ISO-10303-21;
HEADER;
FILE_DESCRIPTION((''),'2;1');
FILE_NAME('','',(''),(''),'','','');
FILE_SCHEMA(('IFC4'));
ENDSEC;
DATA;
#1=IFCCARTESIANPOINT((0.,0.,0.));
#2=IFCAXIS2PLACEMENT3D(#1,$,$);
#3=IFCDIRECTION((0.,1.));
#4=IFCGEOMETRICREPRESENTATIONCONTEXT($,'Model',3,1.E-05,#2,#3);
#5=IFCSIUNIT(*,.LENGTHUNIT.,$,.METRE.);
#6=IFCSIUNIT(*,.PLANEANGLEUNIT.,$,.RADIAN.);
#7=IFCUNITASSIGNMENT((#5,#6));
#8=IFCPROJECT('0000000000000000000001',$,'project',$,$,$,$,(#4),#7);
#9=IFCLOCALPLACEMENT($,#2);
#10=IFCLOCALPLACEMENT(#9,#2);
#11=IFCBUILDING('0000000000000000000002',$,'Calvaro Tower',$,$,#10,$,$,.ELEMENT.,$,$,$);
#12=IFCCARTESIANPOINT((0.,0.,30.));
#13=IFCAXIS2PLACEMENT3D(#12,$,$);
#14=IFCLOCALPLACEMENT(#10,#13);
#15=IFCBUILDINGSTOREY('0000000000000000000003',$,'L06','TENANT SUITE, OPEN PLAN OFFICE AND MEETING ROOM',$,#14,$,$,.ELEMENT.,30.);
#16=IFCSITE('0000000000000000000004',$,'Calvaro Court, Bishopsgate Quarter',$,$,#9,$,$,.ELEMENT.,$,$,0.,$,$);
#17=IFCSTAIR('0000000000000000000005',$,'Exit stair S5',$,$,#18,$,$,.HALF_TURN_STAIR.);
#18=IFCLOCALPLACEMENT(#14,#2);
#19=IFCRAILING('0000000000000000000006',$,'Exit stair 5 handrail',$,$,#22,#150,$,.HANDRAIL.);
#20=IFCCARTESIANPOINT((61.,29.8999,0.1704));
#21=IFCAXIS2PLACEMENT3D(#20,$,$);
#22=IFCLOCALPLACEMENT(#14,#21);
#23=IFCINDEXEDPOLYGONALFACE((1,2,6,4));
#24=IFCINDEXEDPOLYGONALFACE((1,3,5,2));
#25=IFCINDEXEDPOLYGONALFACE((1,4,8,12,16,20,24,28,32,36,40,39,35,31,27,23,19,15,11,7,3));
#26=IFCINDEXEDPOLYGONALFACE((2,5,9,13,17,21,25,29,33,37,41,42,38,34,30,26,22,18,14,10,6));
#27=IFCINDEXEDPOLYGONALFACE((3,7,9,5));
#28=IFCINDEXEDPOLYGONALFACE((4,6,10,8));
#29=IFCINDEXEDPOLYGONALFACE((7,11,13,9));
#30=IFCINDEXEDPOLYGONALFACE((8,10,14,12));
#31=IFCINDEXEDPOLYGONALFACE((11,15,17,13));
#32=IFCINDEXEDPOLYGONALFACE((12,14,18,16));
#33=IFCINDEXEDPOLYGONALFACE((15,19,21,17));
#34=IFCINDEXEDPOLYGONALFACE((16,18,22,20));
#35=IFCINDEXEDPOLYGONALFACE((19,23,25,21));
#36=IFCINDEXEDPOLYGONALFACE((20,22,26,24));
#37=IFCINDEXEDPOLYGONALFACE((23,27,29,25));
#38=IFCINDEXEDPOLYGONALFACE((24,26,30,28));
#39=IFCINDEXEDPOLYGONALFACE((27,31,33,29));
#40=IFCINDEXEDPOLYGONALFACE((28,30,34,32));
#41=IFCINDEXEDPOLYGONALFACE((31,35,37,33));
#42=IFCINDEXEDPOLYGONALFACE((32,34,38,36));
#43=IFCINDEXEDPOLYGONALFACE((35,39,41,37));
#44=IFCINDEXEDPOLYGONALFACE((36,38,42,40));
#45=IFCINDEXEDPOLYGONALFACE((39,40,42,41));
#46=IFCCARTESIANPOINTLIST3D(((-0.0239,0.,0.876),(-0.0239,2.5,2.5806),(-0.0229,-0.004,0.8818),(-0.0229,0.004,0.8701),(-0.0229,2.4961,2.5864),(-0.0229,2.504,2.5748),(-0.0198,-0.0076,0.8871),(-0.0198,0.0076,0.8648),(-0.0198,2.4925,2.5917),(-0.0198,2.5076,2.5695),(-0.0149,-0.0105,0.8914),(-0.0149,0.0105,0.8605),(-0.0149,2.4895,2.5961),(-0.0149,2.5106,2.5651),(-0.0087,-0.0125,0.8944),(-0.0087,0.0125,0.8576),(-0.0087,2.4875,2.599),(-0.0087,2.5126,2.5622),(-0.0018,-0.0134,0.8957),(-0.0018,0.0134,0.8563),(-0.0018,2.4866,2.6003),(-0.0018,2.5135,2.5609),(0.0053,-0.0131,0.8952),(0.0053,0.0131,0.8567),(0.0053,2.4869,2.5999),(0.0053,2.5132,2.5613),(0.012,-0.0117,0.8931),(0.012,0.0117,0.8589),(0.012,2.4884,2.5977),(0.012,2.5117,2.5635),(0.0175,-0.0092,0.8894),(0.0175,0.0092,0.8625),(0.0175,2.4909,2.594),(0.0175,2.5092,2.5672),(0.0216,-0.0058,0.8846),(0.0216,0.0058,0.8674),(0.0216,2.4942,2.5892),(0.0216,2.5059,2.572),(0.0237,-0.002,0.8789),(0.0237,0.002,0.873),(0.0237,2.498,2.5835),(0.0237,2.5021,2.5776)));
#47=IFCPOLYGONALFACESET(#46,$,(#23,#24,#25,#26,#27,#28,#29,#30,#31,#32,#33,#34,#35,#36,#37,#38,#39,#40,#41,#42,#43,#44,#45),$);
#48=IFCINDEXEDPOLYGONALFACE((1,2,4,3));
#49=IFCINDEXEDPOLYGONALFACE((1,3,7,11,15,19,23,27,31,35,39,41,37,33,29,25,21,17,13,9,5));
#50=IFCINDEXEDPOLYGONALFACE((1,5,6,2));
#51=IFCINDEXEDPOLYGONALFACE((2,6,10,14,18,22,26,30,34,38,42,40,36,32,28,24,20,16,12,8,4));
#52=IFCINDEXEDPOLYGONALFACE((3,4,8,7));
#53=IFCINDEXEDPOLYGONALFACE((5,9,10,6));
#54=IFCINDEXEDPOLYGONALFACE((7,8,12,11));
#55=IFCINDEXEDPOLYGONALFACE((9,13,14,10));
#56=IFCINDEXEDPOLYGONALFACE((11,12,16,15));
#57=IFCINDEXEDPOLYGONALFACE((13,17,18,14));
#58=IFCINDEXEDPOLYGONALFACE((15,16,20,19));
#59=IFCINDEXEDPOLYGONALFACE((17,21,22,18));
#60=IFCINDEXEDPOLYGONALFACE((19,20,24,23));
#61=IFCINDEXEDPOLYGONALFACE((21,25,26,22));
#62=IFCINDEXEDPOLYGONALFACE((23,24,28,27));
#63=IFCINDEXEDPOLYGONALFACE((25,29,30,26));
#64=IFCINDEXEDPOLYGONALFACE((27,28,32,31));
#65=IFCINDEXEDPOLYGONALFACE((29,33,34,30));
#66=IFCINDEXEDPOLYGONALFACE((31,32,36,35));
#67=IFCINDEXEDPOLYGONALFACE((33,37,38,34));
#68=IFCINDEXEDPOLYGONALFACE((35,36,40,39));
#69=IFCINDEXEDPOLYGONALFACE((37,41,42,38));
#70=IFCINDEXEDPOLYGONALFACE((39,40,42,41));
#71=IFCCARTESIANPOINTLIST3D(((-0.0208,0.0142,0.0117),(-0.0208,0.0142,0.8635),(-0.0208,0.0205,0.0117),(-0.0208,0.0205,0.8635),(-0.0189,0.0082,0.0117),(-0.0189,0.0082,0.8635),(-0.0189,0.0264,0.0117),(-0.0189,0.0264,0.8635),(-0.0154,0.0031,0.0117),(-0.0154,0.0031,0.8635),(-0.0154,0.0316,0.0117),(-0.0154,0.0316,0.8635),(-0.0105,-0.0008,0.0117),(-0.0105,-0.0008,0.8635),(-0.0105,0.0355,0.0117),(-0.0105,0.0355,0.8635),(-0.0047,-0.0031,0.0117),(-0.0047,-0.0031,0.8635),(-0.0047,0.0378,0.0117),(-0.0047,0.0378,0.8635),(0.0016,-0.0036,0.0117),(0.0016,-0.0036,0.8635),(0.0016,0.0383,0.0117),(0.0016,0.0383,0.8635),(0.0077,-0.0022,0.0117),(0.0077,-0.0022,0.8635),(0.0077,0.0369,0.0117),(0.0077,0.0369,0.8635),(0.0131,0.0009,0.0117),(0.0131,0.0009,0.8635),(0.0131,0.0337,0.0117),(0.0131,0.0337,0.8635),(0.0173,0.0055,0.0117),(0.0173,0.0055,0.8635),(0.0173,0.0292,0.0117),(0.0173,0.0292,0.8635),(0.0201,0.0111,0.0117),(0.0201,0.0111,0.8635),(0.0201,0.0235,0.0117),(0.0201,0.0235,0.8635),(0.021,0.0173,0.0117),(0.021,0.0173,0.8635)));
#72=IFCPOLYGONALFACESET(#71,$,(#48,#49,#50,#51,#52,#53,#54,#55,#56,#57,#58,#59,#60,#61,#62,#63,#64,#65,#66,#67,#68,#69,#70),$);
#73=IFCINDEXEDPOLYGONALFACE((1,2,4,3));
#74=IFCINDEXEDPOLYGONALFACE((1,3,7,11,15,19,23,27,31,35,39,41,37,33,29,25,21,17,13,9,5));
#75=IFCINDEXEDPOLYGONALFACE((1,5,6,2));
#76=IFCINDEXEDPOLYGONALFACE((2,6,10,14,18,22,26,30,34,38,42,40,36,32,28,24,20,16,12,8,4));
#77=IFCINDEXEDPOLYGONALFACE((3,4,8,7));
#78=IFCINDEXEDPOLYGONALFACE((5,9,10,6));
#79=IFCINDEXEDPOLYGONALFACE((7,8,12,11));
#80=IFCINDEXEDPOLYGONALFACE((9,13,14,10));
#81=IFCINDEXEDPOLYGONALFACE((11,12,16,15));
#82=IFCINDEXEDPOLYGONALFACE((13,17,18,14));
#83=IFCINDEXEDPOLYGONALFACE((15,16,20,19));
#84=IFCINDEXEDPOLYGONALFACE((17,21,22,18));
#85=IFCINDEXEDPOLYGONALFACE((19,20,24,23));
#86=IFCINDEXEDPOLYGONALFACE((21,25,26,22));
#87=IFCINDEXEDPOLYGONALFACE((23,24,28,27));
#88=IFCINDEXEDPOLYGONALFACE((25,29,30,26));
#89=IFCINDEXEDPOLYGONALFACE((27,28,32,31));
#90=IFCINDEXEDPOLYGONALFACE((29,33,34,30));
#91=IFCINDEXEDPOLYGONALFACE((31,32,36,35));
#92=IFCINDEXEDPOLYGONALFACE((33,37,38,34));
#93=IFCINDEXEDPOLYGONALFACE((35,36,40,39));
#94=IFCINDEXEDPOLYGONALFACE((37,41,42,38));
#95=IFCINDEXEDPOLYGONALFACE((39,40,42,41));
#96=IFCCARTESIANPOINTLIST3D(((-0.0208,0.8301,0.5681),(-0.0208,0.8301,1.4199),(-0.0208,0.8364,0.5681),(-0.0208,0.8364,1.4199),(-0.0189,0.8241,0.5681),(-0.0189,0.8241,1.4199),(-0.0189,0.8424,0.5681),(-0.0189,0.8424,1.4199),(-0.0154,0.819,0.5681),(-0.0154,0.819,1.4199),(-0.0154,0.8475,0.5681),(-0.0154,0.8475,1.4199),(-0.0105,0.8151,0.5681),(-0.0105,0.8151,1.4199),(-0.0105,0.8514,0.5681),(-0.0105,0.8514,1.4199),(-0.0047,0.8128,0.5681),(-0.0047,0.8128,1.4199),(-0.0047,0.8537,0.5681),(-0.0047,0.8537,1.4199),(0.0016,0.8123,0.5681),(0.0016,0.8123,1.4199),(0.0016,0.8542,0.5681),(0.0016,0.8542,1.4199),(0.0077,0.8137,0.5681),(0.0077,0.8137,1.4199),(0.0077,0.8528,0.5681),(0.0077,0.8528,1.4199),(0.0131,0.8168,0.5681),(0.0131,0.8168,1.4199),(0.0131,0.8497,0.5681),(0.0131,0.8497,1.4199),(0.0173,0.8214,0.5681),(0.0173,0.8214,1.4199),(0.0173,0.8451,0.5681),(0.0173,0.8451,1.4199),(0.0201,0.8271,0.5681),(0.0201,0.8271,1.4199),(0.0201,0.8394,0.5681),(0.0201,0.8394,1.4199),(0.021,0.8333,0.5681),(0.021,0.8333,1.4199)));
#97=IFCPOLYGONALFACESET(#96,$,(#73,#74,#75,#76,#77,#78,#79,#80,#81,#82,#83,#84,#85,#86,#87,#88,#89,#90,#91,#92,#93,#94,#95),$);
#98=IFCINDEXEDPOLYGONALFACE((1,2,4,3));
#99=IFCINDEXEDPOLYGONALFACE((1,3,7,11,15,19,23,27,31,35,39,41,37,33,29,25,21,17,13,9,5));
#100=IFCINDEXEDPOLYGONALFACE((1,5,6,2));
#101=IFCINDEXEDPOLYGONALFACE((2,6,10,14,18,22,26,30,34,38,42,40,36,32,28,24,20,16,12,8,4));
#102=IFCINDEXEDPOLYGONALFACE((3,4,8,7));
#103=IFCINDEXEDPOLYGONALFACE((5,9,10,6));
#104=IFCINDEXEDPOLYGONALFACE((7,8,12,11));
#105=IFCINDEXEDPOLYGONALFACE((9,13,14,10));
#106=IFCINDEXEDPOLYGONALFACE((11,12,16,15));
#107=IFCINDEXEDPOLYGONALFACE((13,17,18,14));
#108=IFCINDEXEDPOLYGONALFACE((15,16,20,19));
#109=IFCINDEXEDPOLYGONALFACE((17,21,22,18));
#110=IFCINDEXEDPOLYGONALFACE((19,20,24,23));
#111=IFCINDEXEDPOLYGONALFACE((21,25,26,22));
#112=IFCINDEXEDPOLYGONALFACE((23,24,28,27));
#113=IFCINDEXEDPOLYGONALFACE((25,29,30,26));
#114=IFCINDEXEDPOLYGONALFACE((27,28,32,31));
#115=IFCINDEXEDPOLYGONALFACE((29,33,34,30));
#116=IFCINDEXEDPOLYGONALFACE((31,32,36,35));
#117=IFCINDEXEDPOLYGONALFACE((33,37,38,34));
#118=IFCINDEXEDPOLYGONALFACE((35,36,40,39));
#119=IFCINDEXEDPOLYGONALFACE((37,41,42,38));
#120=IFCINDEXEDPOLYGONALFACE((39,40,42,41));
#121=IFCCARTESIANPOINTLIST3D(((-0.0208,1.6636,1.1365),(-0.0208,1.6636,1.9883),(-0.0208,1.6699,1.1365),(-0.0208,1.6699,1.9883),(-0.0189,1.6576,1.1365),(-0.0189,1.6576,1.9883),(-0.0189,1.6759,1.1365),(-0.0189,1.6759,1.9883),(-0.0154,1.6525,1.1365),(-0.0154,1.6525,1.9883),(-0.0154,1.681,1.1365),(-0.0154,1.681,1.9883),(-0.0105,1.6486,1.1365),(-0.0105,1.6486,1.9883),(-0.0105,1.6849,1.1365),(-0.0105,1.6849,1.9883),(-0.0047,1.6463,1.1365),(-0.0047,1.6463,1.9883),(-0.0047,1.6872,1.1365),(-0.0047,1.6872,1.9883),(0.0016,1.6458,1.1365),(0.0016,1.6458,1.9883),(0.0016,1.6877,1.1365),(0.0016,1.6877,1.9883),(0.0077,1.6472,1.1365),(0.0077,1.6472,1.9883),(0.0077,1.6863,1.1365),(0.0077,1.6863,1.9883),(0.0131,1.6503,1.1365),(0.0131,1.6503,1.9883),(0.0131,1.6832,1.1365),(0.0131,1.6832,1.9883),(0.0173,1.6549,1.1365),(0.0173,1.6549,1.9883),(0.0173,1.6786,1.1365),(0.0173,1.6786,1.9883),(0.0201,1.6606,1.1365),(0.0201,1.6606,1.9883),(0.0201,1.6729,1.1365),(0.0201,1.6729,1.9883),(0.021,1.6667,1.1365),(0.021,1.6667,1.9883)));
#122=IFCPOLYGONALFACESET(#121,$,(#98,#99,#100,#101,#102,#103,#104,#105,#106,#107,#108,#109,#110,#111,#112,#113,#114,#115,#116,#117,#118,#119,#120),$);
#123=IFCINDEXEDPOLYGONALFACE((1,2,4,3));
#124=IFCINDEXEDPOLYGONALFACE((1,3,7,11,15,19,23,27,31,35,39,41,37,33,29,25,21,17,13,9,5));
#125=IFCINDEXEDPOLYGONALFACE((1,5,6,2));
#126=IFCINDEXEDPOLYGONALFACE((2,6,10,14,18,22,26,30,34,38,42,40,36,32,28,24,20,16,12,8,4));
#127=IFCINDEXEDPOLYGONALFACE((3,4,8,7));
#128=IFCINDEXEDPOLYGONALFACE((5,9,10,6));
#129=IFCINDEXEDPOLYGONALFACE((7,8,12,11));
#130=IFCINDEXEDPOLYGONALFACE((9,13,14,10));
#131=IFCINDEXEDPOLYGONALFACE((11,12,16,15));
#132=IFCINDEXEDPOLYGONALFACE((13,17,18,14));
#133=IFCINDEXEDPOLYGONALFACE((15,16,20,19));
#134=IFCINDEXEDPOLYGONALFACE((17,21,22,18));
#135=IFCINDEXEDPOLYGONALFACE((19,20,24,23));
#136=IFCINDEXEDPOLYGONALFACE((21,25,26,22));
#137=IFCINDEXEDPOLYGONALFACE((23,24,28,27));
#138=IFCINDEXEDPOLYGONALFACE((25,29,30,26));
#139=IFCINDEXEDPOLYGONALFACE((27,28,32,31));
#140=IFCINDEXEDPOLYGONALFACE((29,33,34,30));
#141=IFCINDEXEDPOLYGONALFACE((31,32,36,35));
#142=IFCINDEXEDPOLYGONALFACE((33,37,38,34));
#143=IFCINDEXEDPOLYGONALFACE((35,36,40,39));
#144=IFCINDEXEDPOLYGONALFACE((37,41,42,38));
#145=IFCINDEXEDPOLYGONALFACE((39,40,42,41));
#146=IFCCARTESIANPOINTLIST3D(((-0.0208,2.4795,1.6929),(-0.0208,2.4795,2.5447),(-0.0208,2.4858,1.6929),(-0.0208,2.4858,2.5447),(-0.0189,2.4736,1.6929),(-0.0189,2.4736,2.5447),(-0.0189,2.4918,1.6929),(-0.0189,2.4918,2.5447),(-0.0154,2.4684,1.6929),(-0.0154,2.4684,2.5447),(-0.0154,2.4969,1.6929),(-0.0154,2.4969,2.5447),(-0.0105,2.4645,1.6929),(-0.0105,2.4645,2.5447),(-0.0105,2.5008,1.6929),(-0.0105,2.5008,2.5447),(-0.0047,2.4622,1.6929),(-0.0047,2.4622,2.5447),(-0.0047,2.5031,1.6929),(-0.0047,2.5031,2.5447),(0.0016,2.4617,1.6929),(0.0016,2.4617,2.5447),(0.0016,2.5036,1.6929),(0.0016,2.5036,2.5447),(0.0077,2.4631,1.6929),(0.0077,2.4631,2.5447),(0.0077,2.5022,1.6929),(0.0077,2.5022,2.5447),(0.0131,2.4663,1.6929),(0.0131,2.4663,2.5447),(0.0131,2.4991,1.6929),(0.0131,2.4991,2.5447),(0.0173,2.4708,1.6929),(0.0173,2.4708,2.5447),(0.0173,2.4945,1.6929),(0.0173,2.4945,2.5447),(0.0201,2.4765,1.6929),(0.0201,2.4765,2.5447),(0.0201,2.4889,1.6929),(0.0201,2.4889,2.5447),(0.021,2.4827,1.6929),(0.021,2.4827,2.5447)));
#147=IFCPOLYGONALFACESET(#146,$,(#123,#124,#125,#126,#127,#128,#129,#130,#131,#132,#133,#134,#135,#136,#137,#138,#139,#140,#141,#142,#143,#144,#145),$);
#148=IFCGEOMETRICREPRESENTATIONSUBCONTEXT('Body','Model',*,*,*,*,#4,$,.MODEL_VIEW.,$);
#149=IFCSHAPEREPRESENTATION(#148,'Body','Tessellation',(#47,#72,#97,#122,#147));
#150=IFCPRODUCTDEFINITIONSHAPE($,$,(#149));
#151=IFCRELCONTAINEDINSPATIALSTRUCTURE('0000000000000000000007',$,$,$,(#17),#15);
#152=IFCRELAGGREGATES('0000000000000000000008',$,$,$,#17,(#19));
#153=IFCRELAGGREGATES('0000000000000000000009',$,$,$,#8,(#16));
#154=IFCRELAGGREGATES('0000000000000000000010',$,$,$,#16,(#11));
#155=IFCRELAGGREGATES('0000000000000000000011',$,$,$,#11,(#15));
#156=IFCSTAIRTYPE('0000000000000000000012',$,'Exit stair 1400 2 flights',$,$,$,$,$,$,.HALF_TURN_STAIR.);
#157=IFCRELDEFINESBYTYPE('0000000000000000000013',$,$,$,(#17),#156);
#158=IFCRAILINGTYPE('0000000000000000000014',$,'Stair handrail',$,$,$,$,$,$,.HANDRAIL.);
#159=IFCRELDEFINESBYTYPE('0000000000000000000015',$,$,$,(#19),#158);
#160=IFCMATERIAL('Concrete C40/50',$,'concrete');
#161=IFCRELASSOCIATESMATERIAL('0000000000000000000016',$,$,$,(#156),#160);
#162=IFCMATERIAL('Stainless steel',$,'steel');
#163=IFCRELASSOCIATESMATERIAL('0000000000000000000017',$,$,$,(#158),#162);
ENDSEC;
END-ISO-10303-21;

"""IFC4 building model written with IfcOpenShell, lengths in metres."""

from ifc_helpers import new_model, si_unit, direction, frame, origin, origin_2d, place, context, subcontext, project, spatial, circle, extrude, material, type_object, element, aggregate, save


model = new_model("IFC4")

# Units and contexts
model_context = context("Model", 3, precision=1e-05, world=origin(), true_north=direction((0.0, 1.0)))
body_context = subcontext(model_context, "Body", "Model", "MODEL_VIEW")
ifc_project = project(units=[si_unit("LENGTHUNIT", "METRE"), si_unit("PLANEANGLEUNIT", "RADIAN")], contexts=[model_context])

# Site, building, storey
site_placement = place(None, origin())
site = spatial("IfcSite", under=ifc_project, at=site_placement, Name="Calvaro Court, Bishopsgate Quarter", CompositionType="ELEMENT", RefElevation=0.0)
building_placement = place(site_placement, origin())
building = spatial("IfcBuilding", under=site, at=building_placement, Name="Calvaro Tower", CompositionType="ELEMENT")
storey_placement = place(building_placement, frame((0.0, 0.0, 30.0)))
storey = spatial("IfcBuildingStorey", under=building, at=storey_placement, Name="L06", Description="TENANT SUITE, OPEN PLAN OFFICE AND MEETING ROOM", CompositionType="ELEMENT", Elevation=30.0)

# Stair, railing
ifc_material_1 = material(Name="Concrete C40/50", Category="concrete")
stair_type = type_object("IfcStairType", Name="Exit stair 1400 2 flights", PredefinedType="HALF_TURN_STAIR", material=ifc_material_1)
stair_placement = place(storey_placement, origin())
stair = element("IfcStair", 1, at=stair_placement, inside=storey, type_object=stair_type, Name="Exit stair S5", PredefinedType="HALF_TURN_STAIR")
ifc_material_2 = material(Name="Stainless steel", Category="steel")
railing_type = type_object("IfcRailingType", Name="Stair handrail", PredefinedType="HANDRAIL", material=ifc_material_2)
railing_placement = place(storey_placement, frame((61.0, 29.8999, 0.1704)))
railing = element("IfcRailing", 2, at=railing_placement, type_object=railing_type, Name="Exit stair 5 handrail", PredefinedType="HANDRAIL", context=body_context, shape_type="SweptSolid", body=[
    extrude(circle(Radius=0.0239, at=origin_2d()), frame((0.0, 0.0, 0.876), z_axis=(0.0, 0.826221, 0.563347), x_axis=(-1.0, 0.0, 0.0)), (0.0, 0.0, 1.0), 3.0259),
    extrude(circle(Radius=0.021, at=origin_2d()), frame((0.0, 0.0173, 0.0117)), (0.0, 0.0, 1.0), 0.8518),
    extrude(circle(Radius=0.021, at=origin_2d()), frame((0.0, 0.8333, 0.5681)), (0.0, 0.0, 1.0), 0.8518),
    extrude(circle(Radius=0.021, at=origin_2d()), frame((0.0, 1.6667, 1.1365)), (0.0, 0.0, 1.0), 0.8518),
    extrude(circle(Radius=0.021, at=origin_2d()), frame((0.0, 2.4827, 1.6929)), (0.0, 0.0, 1.0), 0.8518),
])
aggregate(stair, [railing])

save(model, "model.ifc")
